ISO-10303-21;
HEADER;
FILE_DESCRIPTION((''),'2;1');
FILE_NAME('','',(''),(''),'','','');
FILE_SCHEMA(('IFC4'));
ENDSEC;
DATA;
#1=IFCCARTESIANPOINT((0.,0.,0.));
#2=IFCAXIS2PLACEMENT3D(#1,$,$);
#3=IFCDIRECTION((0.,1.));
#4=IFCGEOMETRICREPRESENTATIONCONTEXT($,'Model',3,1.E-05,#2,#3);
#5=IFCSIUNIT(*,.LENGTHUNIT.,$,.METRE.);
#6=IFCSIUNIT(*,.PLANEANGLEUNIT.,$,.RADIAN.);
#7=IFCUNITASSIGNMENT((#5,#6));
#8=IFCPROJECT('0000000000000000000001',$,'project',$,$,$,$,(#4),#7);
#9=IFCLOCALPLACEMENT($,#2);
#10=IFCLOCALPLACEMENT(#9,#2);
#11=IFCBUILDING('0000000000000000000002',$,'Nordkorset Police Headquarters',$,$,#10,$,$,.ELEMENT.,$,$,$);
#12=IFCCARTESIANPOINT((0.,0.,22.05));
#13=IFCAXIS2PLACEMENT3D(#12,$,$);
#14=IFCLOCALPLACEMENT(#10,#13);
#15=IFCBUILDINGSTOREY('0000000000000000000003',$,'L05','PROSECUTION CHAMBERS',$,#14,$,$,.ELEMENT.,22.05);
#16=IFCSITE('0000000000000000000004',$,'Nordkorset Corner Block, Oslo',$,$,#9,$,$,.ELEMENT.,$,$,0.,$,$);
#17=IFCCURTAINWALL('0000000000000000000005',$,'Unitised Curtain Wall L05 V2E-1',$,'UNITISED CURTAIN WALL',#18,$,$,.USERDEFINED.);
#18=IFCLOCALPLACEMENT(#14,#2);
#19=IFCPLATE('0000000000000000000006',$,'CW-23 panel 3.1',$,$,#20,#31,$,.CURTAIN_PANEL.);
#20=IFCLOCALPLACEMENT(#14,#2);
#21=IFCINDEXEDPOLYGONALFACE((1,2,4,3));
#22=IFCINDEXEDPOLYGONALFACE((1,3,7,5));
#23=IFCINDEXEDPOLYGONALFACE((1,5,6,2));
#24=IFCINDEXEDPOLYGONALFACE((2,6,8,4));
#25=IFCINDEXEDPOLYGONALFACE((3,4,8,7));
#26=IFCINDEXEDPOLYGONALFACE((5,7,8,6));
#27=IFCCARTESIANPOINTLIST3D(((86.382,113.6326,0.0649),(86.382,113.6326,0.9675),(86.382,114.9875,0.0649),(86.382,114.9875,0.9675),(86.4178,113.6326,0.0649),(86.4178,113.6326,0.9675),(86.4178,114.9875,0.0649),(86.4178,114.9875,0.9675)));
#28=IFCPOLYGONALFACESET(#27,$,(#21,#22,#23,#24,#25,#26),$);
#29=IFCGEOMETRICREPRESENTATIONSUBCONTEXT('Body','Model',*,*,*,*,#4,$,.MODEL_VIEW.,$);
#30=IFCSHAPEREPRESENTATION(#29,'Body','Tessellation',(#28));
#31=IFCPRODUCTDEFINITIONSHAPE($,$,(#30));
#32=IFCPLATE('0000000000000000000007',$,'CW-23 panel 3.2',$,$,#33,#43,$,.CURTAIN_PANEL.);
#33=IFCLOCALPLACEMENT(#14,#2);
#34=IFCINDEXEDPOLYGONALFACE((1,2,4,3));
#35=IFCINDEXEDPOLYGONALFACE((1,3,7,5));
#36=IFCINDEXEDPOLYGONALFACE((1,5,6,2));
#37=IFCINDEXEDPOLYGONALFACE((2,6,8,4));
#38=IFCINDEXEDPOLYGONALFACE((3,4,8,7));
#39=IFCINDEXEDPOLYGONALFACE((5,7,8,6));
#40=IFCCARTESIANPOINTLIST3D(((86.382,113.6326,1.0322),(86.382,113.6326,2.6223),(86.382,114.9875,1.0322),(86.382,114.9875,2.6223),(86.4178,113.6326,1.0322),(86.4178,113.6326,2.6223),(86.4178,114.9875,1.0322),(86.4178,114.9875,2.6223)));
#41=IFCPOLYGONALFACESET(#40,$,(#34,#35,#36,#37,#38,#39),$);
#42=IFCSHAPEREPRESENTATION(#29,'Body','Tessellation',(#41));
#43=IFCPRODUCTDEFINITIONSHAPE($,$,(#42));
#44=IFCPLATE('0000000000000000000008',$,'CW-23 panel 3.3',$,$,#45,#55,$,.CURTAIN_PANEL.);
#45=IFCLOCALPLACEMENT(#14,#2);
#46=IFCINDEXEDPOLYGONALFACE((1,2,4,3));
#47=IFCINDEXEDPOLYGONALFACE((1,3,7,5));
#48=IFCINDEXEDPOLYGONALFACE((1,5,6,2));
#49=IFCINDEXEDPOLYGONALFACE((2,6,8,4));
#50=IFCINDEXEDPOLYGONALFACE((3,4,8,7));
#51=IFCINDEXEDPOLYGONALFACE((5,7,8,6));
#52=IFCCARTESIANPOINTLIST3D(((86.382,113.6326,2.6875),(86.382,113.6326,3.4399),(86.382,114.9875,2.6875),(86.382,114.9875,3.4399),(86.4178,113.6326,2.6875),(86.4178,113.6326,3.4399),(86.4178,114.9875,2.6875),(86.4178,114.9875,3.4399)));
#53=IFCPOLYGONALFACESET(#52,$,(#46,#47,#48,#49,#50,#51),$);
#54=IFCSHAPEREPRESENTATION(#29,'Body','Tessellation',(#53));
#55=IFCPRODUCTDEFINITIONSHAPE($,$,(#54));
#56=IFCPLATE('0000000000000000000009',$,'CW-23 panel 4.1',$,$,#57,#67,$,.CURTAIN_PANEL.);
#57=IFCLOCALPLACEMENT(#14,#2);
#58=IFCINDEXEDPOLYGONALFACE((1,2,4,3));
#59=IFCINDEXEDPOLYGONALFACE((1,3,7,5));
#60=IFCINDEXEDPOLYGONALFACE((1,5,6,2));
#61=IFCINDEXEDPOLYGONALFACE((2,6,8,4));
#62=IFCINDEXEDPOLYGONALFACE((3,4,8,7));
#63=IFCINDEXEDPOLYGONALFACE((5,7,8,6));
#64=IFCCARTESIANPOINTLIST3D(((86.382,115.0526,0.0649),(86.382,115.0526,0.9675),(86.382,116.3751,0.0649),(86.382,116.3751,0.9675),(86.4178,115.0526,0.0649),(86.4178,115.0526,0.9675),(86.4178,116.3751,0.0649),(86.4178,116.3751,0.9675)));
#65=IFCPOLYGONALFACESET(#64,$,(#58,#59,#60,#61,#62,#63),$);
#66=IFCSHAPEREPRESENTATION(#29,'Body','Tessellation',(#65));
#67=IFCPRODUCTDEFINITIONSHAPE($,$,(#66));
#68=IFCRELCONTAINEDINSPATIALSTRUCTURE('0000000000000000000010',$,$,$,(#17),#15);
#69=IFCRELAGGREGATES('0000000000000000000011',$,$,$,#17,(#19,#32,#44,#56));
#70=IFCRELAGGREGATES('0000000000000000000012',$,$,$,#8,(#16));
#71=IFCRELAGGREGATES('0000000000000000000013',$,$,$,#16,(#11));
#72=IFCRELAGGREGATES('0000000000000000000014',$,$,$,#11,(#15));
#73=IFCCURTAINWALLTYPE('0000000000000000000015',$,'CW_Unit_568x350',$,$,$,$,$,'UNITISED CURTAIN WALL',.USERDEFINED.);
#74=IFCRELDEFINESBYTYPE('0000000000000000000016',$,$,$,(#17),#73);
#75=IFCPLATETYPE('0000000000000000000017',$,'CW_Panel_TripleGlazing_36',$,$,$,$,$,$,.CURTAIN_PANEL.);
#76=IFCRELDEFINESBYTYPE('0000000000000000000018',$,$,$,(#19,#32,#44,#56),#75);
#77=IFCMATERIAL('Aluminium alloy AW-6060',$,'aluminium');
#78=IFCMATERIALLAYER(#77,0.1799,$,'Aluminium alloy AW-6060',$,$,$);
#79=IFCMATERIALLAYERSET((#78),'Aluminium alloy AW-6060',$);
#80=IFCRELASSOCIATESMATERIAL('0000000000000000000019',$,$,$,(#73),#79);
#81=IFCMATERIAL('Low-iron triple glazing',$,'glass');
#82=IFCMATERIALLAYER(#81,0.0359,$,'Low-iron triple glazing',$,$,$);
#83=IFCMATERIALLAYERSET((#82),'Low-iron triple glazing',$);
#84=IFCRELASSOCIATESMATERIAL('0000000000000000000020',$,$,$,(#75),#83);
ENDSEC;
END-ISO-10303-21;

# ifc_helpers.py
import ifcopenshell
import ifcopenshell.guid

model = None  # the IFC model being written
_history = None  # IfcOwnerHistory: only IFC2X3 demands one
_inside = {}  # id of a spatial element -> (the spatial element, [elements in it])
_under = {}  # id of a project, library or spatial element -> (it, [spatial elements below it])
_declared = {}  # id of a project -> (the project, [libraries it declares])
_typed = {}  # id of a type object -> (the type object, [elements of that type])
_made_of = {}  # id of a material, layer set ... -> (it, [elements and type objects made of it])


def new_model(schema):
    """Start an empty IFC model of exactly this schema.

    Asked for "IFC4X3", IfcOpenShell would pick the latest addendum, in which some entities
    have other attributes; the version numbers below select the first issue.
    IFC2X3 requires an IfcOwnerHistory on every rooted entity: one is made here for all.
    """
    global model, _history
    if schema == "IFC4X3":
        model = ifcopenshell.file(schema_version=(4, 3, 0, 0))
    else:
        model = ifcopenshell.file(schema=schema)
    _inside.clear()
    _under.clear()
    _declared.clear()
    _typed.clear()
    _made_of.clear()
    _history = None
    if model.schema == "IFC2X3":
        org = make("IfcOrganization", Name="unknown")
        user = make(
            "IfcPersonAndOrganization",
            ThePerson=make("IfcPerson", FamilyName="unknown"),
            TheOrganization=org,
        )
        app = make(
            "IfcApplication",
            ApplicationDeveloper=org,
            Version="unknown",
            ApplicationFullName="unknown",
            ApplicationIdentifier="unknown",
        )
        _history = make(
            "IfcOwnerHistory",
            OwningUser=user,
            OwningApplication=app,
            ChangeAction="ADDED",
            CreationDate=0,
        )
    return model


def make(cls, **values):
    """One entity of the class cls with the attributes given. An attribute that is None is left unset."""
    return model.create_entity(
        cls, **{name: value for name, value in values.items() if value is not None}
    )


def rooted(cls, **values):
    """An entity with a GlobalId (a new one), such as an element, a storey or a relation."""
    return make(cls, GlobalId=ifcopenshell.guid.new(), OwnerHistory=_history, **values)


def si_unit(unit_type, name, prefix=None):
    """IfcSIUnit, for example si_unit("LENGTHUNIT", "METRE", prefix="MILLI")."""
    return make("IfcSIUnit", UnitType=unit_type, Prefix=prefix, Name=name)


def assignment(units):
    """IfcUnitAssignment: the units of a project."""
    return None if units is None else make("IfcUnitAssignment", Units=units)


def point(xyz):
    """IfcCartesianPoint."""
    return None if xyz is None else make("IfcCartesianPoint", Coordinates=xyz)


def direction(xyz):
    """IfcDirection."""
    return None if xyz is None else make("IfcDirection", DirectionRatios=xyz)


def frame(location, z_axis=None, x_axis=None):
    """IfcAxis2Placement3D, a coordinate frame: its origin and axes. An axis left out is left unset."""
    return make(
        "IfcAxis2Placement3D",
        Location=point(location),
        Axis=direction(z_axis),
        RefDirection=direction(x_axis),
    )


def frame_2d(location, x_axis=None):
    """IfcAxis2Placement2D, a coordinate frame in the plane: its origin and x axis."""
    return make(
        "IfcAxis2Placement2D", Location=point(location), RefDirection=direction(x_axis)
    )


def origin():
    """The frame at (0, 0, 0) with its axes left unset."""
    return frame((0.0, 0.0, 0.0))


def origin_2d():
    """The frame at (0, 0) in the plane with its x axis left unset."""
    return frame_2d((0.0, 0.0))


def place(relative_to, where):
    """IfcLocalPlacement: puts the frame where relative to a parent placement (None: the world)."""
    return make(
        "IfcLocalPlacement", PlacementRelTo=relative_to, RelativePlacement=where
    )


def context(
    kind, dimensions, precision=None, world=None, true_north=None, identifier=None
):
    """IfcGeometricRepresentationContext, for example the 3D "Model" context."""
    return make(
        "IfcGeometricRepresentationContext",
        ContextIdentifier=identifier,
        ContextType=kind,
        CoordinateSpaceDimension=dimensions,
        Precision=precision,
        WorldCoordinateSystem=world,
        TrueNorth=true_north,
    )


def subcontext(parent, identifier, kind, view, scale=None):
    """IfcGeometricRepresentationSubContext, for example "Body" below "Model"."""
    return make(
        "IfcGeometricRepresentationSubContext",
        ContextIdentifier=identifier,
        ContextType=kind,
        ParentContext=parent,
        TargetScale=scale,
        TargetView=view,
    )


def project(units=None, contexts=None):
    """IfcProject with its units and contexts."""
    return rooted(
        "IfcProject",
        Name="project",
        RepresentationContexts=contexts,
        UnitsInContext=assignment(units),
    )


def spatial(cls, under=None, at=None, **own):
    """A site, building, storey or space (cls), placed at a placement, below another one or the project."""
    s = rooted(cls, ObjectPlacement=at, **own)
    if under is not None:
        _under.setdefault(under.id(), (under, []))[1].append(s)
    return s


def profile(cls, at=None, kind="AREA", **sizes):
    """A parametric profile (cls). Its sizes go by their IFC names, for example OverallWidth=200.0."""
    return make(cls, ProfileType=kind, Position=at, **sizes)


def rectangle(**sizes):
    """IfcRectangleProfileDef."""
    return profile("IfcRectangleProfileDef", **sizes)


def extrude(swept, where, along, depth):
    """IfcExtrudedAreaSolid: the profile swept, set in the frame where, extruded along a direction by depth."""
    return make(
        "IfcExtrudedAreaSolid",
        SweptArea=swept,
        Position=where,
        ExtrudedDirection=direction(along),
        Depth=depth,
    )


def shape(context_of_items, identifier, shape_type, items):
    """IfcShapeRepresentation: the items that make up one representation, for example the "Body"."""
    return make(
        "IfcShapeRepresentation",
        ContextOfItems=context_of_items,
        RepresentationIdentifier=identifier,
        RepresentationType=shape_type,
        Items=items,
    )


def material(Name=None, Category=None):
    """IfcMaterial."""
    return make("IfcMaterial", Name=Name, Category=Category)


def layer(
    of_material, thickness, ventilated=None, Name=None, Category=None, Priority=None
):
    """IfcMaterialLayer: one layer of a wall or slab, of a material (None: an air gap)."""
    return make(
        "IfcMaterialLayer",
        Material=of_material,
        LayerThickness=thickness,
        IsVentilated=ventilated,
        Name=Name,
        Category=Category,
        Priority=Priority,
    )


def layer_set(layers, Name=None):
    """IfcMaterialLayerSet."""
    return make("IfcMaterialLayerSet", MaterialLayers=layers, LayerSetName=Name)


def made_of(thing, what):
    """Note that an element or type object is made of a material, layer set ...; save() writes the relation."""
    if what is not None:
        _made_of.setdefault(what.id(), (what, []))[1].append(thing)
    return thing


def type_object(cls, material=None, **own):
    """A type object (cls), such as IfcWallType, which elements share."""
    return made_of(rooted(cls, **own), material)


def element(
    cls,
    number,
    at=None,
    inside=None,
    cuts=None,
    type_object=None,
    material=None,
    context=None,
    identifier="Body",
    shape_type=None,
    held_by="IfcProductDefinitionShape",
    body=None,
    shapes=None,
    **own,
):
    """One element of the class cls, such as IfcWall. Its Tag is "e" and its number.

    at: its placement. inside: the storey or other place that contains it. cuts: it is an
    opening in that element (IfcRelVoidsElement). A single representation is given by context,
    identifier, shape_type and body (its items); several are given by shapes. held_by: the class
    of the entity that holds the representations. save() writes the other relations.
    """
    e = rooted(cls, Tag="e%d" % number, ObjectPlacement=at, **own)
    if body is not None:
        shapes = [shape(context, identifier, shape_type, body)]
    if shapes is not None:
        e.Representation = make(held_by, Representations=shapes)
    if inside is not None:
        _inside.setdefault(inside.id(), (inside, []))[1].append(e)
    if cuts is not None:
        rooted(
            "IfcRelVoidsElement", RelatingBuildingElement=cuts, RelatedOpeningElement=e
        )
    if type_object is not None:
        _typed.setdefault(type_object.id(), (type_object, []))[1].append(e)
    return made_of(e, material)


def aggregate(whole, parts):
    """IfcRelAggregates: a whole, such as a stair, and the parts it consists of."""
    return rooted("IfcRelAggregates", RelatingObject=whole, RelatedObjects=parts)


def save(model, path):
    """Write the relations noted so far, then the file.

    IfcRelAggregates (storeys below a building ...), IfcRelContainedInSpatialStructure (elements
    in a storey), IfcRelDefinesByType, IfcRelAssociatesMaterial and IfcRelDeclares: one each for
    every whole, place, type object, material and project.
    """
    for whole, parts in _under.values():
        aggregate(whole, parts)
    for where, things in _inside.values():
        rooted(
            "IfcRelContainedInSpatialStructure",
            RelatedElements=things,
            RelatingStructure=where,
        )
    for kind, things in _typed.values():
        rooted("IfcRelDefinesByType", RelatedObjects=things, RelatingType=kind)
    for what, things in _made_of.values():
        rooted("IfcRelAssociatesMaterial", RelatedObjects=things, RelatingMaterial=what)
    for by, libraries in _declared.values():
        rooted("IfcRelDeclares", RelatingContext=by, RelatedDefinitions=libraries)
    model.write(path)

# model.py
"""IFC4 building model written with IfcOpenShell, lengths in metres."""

from ifc_helpers import new_model, si_unit, direction, frame, origin, origin_2d, place, context, subcontext, project, spatial, rectangle, extrude, material, layer, layer_set, type_object, element, aggregate, save


model = new_model("IFC4")

# Units and contexts
model_context = context("Model", 3, precision=1e-05, world=origin(), true_north=direction((0.0, 1.0)))
body_context = subcontext(model_context, "Body", "Model", "MODEL_VIEW")
ifc_project = project(units=[si_unit("LENGTHUNIT", "METRE"), si_unit("PLANEANGLEUNIT", "RADIAN")], contexts=[model_context])

# Site, building, storey
site_placement = place(None, origin())
site = spatial("IfcSite", under=ifc_project, at=site_placement, Name="Nordkorset Corner Block, Oslo", CompositionType="ELEMENT", RefElevation=0.0)
building_placement = place(site_placement, origin())
building = spatial("IfcBuilding", under=site, at=building_placement, Name="Nordkorset Police Headquarters", CompositionType="ELEMENT")
storey_placement = place(building_placement, frame((0.0, 0.0, 22.05)))
storey = spatial("IfcBuildingStorey", under=building, at=storey_placement, Name="L05", Description="PROSECUTION CHAMBERS", CompositionType="ELEMENT", Elevation=22.05)

# Curtain wall, plates
ifc_material_1 = material(Name="Aluminium alloy AW-6060", Category="aluminium")
ifc_layer_1 = layer(ifc_material_1, 0.1799, Name="Aluminium alloy AW-6060")
ifc_layer_set_1 = layer_set([ifc_layer_1], Name="Aluminium alloy AW-6060")
curtain_wall_type = type_object("IfcCurtainWallType", Name="CW_Unit_568x350", ElementType="UNITISED CURTAIN WALL", PredefinedType="USERDEFINED", material=ifc_layer_set_1)
curtain_wall_placement = place(storey_placement, origin())
curtain_wall = element("IfcCurtainWall", 1, at=curtain_wall_placement, inside=storey, type_object=curtain_wall_type, Name="Unitised Curtain Wall L05 V2E-1", ObjectType="UNITISED CURTAIN WALL", PredefinedType="USERDEFINED")
ifc_material_2 = material(Name="Low-iron triple glazing", Category="glass")
ifc_layer_2 = layer(ifc_material_2, 0.0359, Name="Low-iron triple glazing")
ifc_layer_set_2 = layer_set([ifc_layer_2], Name="Low-iron triple glazing")
plate_type = type_object("IfcPlateType", Name="CW_Panel_TripleGlazing_36", PredefinedType="CURTAIN_PANEL", material=ifc_layer_set_2)
plate_1_placement = place(storey_placement, frame((86.3999, 114.3101, 0.0649), z_axis=(0.0, 0.0, 1.0), x_axis=(0.0, 1.0, 0.0)))
plate_1 = element("IfcPlate", 2, at=plate_1_placement, type_object=plate_type, Name="CW-23 panel 3.1", PredefinedType="CURTAIN_PANEL", context=body_context, shape_type="SweptSolid", body=[
    extrude(rectangle(XDim=1.355, YDim=0.0359, at=origin_2d()), origin(), (0.0, 0.0, 1.0), 0.9026),
])
plate_2_placement = place(storey_placement, frame((86.3999, 114.3101, 1.0322), z_axis=(0.0, 0.0, 1.0), x_axis=(0.0, 1.0, 0.0)))
plate_2 = element("IfcPlate", 3, at=plate_2_placement, type_object=plate_type, Name="CW-23 panel 3.2", PredefinedType="CURTAIN_PANEL", context=body_context, shape_type="SweptSolid", body=[
    extrude(rectangle(XDim=1.355, YDim=0.0359, at=origin_2d()), origin(), (0.0, 0.0, 1.0), 1.5901),
])
plate_3_placement = place(storey_placement, frame((86.3999, 114.3101, 2.6875), z_axis=(0.0, 0.0, 1.0), x_axis=(0.0, 1.0, 0.0)))
plate_3 = element("IfcPlate", 4, at=plate_3_placement, type_object=plate_type, Name="CW-23 panel 3.3", PredefinedType="CURTAIN_PANEL", context=body_context, shape_type="SweptSolid", body=[
    extrude(rectangle(XDim=1.355, YDim=0.0359, at=origin_2d()), origin(), (0.0, 0.0, 1.0), 0.7524),
])
plate_4_placement = place(storey_placement, frame((86.3999, 115.7139, 0.0649), z_axis=(0.0, 0.0, 1.0), x_axis=(0.0, 1.0, 0.0)))
plate_4 = element("IfcPlate", 5, at=plate_4_placement, type_object=plate_type, Name="CW-23 panel 4.1", PredefinedType="CURTAIN_PANEL", context=body_context, shape_type="SweptSolid", body=[
    extrude(rectangle(XDim=1.3225, YDim=0.0359, at=origin_2d()), origin(), (0.0, 0.0, 1.0), 0.9026),
])
aggregate(curtain_wall, [plate_1, plate_2, plate_3, plate_4])

save(model, "model.ifc")
